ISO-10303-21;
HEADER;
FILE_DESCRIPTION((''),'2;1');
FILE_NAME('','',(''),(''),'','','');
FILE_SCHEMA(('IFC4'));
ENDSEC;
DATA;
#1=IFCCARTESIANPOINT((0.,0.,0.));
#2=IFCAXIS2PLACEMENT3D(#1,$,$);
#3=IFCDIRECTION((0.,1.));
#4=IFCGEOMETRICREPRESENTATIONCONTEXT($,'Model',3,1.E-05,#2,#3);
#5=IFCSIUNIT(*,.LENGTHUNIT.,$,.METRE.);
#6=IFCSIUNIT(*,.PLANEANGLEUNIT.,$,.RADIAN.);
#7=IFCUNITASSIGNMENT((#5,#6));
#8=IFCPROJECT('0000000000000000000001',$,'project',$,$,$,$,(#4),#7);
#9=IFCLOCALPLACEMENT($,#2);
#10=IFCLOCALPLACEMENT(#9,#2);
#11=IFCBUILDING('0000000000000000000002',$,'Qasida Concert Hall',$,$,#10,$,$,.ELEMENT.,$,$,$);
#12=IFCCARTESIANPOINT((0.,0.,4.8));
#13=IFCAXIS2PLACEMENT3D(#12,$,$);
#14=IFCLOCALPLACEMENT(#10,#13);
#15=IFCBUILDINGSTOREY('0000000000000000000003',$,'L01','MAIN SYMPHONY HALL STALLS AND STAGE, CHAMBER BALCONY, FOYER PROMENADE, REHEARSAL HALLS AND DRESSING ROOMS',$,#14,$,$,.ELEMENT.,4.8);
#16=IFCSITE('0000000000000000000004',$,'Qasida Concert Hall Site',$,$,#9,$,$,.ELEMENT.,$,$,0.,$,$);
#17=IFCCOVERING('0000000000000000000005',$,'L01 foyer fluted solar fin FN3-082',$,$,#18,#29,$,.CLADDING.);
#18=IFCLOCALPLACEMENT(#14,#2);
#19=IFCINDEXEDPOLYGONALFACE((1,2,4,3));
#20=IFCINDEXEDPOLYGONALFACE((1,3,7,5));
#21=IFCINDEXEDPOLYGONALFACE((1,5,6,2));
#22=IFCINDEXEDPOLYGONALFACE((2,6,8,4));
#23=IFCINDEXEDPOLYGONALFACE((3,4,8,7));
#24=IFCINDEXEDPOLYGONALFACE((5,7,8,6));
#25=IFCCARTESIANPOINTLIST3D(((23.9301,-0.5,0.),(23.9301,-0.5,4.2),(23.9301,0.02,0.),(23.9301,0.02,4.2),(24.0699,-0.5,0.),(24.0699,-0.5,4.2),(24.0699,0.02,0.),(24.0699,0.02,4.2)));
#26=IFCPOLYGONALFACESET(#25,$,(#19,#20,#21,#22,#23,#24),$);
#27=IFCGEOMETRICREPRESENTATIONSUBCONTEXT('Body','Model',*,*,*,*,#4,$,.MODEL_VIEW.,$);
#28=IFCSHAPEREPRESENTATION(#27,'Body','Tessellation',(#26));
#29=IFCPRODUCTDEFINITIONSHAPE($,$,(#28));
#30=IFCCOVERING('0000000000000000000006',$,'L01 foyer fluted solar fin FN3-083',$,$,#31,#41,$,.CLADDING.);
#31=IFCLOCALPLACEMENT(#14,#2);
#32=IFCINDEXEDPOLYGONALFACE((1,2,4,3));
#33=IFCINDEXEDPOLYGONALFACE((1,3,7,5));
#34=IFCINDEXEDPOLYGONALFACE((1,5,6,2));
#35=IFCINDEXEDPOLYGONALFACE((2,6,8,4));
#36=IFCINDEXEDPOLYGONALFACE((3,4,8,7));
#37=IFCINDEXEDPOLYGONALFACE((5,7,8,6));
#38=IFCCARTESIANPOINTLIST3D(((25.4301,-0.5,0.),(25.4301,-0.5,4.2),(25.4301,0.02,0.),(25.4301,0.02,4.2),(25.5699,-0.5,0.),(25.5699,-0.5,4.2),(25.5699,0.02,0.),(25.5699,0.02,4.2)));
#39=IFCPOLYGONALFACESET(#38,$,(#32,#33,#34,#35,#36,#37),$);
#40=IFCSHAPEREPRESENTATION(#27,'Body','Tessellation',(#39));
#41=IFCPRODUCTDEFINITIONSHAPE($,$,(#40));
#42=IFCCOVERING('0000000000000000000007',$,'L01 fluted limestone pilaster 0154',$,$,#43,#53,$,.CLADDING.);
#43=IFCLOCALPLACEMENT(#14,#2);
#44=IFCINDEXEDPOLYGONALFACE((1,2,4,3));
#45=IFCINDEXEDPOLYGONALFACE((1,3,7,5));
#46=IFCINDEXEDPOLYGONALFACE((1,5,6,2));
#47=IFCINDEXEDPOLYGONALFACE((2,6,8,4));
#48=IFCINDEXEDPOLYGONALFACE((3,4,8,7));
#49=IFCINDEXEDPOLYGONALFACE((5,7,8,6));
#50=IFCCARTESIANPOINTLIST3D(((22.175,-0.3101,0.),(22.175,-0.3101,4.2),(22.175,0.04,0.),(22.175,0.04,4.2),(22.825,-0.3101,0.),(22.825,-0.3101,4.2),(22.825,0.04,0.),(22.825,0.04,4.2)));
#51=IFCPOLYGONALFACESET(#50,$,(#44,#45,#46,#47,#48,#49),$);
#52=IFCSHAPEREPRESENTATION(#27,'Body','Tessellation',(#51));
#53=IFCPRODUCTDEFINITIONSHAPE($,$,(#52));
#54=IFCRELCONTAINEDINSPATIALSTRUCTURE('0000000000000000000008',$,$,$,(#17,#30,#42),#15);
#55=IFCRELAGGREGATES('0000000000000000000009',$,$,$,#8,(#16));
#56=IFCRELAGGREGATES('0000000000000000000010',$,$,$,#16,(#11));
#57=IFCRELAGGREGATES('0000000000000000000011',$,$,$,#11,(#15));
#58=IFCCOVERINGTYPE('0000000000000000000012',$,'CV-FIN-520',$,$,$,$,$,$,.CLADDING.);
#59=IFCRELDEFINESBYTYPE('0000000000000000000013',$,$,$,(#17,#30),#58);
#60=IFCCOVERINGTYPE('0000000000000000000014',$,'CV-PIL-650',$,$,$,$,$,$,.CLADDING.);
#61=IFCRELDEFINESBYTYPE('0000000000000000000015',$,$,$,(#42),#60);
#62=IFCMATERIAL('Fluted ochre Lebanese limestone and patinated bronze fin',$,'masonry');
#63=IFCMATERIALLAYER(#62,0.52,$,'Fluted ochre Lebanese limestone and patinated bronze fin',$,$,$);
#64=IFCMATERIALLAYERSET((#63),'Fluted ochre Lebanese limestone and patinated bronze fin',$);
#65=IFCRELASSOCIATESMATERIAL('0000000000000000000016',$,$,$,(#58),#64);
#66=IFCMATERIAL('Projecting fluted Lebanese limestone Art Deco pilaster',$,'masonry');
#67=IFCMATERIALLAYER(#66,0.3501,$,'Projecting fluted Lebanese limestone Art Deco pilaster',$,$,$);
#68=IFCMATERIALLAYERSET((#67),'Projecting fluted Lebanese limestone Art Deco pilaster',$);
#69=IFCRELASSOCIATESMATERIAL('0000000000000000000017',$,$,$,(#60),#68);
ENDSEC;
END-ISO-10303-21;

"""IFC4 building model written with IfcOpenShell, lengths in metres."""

from ifc_helpers import new_model, si_unit, direction, frame, origin, origin_2d, place, context, subcontext, project, spatial, rectangle, extrude, material, layer, layer_set, type_object, element, save


model = new_model("IFC4")

# Units and contexts
model_context = context("Model", 3, precision=1e-05, world=origin(), true_north=direction((0.0, 1.0)))
body_context = subcontext(model_context, "Body", "Model", "MODEL_VIEW")
ifc_project = project(units=[si_unit("LENGTHUNIT", "METRE"), si_unit("PLANEANGLEUNIT", "RADIAN")], contexts=[model_context])

# Site, building, storey
site_placement = place(None, origin())
site = spatial("IfcSite", under=ifc_project, at=site_placement, Name="Qasida Concert Hall Site", CompositionType="ELEMENT", RefElevation=0.0)
building_placement = place(site_placement, origin())
building = spatial("IfcBuilding", under=site, at=building_placement, Name="Qasida Concert Hall", CompositionType="ELEMENT")
storey_placement = place(building_placement, frame((0.0, 0.0, 4.8)))
storey = spatial("IfcBuildingStorey", under=building, at=storey_placement, Name="L01", Description="MAIN SYMPHONY HALL STALLS AND STAGE, CHAMBER BALCONY, FOYER PROMENADE, REHEARSAL HALLS AND DRESSING ROOMS", CompositionType="ELEMENT", Elevation=4.8)

# Coverings
ifc_material_1 = material(Name="Fluted ochre Lebanese limestone and patinated bronze fin", Category="masonry")
ifc_layer_1 = layer(ifc_material_1, 0.52, Name="Fluted ochre Lebanese limestone and patinated bronze fin")
ifc_layer_set_1 = layer_set([ifc_layer_1], Name="Fluted ochre Lebanese limestone and patinated bronze fin")
covering_type_1 = type_object("IfcCoveringType", Name="CV-FIN-520", PredefinedType="CLADDING", material=ifc_layer_set_1)
for number, where, z_axis, x_axis, name in (
    (1, (24.0, -0.24, 0.0), (0.0, 0.0, 1.0), (1.0, 0.0, 0.0), "L01 foyer fluted solar fin FN3-082"),
    (2, (25.5, -0.24, 0.0), (0.0, 0.0, 1.0), (1.0, 0.0, 0.0), "L01 foyer fluted solar fin FN3-083"),
):
    element("IfcCovering", number, at=place(storey_placement, frame(where, z_axis=z_axis, x_axis=x_axis)), inside=storey, type_object=covering_type_1, Name=name, PredefinedType="CLADDING", context=body_context, shape_type="SweptSolid", body=[
        extrude(rectangle(XDim=0.1399, YDim=0.52, at=origin_2d()), origin(), (0.0, 0.0, 1.0), 4.2),
    ])
ifc_material_2 = material(Name="Projecting fluted Lebanese limestone Art Deco pilaster", Category="masonry")
ifc_layer_2 = layer(ifc_material_2, 0.3501, Name="Projecting fluted Lebanese limestone Art Deco pilaster")
ifc_layer_set_2 = layer_set([ifc_layer_2], Name="Projecting fluted Lebanese limestone Art Deco pilaster")
covering_type_2 = type_object("IfcCoveringType", Name="CV-PIL-650", PredefinedType="CLADDING", material=ifc_layer_set_2)
covering_placement = place(storey_placement, frame((22.5, -0.135, 0.0), z_axis=(0.0, 0.0, 1.0), x_axis=(1.0, 0.0, 0.0)))
element("IfcCovering", 3, at=covering_placement, inside=storey, type_object=covering_type_2, Name="L01 fluted limestone pilaster 0154", PredefinedType="CLADDING", context=body_context, shape_type="SweptSolid", body=[
    extrude(rectangle(XDim=0.6499, YDim=0.3501, at=origin_2d()), origin(), (0.0, 0.0, 1.0), 4.2),
])

save(model, "model.ifc")
